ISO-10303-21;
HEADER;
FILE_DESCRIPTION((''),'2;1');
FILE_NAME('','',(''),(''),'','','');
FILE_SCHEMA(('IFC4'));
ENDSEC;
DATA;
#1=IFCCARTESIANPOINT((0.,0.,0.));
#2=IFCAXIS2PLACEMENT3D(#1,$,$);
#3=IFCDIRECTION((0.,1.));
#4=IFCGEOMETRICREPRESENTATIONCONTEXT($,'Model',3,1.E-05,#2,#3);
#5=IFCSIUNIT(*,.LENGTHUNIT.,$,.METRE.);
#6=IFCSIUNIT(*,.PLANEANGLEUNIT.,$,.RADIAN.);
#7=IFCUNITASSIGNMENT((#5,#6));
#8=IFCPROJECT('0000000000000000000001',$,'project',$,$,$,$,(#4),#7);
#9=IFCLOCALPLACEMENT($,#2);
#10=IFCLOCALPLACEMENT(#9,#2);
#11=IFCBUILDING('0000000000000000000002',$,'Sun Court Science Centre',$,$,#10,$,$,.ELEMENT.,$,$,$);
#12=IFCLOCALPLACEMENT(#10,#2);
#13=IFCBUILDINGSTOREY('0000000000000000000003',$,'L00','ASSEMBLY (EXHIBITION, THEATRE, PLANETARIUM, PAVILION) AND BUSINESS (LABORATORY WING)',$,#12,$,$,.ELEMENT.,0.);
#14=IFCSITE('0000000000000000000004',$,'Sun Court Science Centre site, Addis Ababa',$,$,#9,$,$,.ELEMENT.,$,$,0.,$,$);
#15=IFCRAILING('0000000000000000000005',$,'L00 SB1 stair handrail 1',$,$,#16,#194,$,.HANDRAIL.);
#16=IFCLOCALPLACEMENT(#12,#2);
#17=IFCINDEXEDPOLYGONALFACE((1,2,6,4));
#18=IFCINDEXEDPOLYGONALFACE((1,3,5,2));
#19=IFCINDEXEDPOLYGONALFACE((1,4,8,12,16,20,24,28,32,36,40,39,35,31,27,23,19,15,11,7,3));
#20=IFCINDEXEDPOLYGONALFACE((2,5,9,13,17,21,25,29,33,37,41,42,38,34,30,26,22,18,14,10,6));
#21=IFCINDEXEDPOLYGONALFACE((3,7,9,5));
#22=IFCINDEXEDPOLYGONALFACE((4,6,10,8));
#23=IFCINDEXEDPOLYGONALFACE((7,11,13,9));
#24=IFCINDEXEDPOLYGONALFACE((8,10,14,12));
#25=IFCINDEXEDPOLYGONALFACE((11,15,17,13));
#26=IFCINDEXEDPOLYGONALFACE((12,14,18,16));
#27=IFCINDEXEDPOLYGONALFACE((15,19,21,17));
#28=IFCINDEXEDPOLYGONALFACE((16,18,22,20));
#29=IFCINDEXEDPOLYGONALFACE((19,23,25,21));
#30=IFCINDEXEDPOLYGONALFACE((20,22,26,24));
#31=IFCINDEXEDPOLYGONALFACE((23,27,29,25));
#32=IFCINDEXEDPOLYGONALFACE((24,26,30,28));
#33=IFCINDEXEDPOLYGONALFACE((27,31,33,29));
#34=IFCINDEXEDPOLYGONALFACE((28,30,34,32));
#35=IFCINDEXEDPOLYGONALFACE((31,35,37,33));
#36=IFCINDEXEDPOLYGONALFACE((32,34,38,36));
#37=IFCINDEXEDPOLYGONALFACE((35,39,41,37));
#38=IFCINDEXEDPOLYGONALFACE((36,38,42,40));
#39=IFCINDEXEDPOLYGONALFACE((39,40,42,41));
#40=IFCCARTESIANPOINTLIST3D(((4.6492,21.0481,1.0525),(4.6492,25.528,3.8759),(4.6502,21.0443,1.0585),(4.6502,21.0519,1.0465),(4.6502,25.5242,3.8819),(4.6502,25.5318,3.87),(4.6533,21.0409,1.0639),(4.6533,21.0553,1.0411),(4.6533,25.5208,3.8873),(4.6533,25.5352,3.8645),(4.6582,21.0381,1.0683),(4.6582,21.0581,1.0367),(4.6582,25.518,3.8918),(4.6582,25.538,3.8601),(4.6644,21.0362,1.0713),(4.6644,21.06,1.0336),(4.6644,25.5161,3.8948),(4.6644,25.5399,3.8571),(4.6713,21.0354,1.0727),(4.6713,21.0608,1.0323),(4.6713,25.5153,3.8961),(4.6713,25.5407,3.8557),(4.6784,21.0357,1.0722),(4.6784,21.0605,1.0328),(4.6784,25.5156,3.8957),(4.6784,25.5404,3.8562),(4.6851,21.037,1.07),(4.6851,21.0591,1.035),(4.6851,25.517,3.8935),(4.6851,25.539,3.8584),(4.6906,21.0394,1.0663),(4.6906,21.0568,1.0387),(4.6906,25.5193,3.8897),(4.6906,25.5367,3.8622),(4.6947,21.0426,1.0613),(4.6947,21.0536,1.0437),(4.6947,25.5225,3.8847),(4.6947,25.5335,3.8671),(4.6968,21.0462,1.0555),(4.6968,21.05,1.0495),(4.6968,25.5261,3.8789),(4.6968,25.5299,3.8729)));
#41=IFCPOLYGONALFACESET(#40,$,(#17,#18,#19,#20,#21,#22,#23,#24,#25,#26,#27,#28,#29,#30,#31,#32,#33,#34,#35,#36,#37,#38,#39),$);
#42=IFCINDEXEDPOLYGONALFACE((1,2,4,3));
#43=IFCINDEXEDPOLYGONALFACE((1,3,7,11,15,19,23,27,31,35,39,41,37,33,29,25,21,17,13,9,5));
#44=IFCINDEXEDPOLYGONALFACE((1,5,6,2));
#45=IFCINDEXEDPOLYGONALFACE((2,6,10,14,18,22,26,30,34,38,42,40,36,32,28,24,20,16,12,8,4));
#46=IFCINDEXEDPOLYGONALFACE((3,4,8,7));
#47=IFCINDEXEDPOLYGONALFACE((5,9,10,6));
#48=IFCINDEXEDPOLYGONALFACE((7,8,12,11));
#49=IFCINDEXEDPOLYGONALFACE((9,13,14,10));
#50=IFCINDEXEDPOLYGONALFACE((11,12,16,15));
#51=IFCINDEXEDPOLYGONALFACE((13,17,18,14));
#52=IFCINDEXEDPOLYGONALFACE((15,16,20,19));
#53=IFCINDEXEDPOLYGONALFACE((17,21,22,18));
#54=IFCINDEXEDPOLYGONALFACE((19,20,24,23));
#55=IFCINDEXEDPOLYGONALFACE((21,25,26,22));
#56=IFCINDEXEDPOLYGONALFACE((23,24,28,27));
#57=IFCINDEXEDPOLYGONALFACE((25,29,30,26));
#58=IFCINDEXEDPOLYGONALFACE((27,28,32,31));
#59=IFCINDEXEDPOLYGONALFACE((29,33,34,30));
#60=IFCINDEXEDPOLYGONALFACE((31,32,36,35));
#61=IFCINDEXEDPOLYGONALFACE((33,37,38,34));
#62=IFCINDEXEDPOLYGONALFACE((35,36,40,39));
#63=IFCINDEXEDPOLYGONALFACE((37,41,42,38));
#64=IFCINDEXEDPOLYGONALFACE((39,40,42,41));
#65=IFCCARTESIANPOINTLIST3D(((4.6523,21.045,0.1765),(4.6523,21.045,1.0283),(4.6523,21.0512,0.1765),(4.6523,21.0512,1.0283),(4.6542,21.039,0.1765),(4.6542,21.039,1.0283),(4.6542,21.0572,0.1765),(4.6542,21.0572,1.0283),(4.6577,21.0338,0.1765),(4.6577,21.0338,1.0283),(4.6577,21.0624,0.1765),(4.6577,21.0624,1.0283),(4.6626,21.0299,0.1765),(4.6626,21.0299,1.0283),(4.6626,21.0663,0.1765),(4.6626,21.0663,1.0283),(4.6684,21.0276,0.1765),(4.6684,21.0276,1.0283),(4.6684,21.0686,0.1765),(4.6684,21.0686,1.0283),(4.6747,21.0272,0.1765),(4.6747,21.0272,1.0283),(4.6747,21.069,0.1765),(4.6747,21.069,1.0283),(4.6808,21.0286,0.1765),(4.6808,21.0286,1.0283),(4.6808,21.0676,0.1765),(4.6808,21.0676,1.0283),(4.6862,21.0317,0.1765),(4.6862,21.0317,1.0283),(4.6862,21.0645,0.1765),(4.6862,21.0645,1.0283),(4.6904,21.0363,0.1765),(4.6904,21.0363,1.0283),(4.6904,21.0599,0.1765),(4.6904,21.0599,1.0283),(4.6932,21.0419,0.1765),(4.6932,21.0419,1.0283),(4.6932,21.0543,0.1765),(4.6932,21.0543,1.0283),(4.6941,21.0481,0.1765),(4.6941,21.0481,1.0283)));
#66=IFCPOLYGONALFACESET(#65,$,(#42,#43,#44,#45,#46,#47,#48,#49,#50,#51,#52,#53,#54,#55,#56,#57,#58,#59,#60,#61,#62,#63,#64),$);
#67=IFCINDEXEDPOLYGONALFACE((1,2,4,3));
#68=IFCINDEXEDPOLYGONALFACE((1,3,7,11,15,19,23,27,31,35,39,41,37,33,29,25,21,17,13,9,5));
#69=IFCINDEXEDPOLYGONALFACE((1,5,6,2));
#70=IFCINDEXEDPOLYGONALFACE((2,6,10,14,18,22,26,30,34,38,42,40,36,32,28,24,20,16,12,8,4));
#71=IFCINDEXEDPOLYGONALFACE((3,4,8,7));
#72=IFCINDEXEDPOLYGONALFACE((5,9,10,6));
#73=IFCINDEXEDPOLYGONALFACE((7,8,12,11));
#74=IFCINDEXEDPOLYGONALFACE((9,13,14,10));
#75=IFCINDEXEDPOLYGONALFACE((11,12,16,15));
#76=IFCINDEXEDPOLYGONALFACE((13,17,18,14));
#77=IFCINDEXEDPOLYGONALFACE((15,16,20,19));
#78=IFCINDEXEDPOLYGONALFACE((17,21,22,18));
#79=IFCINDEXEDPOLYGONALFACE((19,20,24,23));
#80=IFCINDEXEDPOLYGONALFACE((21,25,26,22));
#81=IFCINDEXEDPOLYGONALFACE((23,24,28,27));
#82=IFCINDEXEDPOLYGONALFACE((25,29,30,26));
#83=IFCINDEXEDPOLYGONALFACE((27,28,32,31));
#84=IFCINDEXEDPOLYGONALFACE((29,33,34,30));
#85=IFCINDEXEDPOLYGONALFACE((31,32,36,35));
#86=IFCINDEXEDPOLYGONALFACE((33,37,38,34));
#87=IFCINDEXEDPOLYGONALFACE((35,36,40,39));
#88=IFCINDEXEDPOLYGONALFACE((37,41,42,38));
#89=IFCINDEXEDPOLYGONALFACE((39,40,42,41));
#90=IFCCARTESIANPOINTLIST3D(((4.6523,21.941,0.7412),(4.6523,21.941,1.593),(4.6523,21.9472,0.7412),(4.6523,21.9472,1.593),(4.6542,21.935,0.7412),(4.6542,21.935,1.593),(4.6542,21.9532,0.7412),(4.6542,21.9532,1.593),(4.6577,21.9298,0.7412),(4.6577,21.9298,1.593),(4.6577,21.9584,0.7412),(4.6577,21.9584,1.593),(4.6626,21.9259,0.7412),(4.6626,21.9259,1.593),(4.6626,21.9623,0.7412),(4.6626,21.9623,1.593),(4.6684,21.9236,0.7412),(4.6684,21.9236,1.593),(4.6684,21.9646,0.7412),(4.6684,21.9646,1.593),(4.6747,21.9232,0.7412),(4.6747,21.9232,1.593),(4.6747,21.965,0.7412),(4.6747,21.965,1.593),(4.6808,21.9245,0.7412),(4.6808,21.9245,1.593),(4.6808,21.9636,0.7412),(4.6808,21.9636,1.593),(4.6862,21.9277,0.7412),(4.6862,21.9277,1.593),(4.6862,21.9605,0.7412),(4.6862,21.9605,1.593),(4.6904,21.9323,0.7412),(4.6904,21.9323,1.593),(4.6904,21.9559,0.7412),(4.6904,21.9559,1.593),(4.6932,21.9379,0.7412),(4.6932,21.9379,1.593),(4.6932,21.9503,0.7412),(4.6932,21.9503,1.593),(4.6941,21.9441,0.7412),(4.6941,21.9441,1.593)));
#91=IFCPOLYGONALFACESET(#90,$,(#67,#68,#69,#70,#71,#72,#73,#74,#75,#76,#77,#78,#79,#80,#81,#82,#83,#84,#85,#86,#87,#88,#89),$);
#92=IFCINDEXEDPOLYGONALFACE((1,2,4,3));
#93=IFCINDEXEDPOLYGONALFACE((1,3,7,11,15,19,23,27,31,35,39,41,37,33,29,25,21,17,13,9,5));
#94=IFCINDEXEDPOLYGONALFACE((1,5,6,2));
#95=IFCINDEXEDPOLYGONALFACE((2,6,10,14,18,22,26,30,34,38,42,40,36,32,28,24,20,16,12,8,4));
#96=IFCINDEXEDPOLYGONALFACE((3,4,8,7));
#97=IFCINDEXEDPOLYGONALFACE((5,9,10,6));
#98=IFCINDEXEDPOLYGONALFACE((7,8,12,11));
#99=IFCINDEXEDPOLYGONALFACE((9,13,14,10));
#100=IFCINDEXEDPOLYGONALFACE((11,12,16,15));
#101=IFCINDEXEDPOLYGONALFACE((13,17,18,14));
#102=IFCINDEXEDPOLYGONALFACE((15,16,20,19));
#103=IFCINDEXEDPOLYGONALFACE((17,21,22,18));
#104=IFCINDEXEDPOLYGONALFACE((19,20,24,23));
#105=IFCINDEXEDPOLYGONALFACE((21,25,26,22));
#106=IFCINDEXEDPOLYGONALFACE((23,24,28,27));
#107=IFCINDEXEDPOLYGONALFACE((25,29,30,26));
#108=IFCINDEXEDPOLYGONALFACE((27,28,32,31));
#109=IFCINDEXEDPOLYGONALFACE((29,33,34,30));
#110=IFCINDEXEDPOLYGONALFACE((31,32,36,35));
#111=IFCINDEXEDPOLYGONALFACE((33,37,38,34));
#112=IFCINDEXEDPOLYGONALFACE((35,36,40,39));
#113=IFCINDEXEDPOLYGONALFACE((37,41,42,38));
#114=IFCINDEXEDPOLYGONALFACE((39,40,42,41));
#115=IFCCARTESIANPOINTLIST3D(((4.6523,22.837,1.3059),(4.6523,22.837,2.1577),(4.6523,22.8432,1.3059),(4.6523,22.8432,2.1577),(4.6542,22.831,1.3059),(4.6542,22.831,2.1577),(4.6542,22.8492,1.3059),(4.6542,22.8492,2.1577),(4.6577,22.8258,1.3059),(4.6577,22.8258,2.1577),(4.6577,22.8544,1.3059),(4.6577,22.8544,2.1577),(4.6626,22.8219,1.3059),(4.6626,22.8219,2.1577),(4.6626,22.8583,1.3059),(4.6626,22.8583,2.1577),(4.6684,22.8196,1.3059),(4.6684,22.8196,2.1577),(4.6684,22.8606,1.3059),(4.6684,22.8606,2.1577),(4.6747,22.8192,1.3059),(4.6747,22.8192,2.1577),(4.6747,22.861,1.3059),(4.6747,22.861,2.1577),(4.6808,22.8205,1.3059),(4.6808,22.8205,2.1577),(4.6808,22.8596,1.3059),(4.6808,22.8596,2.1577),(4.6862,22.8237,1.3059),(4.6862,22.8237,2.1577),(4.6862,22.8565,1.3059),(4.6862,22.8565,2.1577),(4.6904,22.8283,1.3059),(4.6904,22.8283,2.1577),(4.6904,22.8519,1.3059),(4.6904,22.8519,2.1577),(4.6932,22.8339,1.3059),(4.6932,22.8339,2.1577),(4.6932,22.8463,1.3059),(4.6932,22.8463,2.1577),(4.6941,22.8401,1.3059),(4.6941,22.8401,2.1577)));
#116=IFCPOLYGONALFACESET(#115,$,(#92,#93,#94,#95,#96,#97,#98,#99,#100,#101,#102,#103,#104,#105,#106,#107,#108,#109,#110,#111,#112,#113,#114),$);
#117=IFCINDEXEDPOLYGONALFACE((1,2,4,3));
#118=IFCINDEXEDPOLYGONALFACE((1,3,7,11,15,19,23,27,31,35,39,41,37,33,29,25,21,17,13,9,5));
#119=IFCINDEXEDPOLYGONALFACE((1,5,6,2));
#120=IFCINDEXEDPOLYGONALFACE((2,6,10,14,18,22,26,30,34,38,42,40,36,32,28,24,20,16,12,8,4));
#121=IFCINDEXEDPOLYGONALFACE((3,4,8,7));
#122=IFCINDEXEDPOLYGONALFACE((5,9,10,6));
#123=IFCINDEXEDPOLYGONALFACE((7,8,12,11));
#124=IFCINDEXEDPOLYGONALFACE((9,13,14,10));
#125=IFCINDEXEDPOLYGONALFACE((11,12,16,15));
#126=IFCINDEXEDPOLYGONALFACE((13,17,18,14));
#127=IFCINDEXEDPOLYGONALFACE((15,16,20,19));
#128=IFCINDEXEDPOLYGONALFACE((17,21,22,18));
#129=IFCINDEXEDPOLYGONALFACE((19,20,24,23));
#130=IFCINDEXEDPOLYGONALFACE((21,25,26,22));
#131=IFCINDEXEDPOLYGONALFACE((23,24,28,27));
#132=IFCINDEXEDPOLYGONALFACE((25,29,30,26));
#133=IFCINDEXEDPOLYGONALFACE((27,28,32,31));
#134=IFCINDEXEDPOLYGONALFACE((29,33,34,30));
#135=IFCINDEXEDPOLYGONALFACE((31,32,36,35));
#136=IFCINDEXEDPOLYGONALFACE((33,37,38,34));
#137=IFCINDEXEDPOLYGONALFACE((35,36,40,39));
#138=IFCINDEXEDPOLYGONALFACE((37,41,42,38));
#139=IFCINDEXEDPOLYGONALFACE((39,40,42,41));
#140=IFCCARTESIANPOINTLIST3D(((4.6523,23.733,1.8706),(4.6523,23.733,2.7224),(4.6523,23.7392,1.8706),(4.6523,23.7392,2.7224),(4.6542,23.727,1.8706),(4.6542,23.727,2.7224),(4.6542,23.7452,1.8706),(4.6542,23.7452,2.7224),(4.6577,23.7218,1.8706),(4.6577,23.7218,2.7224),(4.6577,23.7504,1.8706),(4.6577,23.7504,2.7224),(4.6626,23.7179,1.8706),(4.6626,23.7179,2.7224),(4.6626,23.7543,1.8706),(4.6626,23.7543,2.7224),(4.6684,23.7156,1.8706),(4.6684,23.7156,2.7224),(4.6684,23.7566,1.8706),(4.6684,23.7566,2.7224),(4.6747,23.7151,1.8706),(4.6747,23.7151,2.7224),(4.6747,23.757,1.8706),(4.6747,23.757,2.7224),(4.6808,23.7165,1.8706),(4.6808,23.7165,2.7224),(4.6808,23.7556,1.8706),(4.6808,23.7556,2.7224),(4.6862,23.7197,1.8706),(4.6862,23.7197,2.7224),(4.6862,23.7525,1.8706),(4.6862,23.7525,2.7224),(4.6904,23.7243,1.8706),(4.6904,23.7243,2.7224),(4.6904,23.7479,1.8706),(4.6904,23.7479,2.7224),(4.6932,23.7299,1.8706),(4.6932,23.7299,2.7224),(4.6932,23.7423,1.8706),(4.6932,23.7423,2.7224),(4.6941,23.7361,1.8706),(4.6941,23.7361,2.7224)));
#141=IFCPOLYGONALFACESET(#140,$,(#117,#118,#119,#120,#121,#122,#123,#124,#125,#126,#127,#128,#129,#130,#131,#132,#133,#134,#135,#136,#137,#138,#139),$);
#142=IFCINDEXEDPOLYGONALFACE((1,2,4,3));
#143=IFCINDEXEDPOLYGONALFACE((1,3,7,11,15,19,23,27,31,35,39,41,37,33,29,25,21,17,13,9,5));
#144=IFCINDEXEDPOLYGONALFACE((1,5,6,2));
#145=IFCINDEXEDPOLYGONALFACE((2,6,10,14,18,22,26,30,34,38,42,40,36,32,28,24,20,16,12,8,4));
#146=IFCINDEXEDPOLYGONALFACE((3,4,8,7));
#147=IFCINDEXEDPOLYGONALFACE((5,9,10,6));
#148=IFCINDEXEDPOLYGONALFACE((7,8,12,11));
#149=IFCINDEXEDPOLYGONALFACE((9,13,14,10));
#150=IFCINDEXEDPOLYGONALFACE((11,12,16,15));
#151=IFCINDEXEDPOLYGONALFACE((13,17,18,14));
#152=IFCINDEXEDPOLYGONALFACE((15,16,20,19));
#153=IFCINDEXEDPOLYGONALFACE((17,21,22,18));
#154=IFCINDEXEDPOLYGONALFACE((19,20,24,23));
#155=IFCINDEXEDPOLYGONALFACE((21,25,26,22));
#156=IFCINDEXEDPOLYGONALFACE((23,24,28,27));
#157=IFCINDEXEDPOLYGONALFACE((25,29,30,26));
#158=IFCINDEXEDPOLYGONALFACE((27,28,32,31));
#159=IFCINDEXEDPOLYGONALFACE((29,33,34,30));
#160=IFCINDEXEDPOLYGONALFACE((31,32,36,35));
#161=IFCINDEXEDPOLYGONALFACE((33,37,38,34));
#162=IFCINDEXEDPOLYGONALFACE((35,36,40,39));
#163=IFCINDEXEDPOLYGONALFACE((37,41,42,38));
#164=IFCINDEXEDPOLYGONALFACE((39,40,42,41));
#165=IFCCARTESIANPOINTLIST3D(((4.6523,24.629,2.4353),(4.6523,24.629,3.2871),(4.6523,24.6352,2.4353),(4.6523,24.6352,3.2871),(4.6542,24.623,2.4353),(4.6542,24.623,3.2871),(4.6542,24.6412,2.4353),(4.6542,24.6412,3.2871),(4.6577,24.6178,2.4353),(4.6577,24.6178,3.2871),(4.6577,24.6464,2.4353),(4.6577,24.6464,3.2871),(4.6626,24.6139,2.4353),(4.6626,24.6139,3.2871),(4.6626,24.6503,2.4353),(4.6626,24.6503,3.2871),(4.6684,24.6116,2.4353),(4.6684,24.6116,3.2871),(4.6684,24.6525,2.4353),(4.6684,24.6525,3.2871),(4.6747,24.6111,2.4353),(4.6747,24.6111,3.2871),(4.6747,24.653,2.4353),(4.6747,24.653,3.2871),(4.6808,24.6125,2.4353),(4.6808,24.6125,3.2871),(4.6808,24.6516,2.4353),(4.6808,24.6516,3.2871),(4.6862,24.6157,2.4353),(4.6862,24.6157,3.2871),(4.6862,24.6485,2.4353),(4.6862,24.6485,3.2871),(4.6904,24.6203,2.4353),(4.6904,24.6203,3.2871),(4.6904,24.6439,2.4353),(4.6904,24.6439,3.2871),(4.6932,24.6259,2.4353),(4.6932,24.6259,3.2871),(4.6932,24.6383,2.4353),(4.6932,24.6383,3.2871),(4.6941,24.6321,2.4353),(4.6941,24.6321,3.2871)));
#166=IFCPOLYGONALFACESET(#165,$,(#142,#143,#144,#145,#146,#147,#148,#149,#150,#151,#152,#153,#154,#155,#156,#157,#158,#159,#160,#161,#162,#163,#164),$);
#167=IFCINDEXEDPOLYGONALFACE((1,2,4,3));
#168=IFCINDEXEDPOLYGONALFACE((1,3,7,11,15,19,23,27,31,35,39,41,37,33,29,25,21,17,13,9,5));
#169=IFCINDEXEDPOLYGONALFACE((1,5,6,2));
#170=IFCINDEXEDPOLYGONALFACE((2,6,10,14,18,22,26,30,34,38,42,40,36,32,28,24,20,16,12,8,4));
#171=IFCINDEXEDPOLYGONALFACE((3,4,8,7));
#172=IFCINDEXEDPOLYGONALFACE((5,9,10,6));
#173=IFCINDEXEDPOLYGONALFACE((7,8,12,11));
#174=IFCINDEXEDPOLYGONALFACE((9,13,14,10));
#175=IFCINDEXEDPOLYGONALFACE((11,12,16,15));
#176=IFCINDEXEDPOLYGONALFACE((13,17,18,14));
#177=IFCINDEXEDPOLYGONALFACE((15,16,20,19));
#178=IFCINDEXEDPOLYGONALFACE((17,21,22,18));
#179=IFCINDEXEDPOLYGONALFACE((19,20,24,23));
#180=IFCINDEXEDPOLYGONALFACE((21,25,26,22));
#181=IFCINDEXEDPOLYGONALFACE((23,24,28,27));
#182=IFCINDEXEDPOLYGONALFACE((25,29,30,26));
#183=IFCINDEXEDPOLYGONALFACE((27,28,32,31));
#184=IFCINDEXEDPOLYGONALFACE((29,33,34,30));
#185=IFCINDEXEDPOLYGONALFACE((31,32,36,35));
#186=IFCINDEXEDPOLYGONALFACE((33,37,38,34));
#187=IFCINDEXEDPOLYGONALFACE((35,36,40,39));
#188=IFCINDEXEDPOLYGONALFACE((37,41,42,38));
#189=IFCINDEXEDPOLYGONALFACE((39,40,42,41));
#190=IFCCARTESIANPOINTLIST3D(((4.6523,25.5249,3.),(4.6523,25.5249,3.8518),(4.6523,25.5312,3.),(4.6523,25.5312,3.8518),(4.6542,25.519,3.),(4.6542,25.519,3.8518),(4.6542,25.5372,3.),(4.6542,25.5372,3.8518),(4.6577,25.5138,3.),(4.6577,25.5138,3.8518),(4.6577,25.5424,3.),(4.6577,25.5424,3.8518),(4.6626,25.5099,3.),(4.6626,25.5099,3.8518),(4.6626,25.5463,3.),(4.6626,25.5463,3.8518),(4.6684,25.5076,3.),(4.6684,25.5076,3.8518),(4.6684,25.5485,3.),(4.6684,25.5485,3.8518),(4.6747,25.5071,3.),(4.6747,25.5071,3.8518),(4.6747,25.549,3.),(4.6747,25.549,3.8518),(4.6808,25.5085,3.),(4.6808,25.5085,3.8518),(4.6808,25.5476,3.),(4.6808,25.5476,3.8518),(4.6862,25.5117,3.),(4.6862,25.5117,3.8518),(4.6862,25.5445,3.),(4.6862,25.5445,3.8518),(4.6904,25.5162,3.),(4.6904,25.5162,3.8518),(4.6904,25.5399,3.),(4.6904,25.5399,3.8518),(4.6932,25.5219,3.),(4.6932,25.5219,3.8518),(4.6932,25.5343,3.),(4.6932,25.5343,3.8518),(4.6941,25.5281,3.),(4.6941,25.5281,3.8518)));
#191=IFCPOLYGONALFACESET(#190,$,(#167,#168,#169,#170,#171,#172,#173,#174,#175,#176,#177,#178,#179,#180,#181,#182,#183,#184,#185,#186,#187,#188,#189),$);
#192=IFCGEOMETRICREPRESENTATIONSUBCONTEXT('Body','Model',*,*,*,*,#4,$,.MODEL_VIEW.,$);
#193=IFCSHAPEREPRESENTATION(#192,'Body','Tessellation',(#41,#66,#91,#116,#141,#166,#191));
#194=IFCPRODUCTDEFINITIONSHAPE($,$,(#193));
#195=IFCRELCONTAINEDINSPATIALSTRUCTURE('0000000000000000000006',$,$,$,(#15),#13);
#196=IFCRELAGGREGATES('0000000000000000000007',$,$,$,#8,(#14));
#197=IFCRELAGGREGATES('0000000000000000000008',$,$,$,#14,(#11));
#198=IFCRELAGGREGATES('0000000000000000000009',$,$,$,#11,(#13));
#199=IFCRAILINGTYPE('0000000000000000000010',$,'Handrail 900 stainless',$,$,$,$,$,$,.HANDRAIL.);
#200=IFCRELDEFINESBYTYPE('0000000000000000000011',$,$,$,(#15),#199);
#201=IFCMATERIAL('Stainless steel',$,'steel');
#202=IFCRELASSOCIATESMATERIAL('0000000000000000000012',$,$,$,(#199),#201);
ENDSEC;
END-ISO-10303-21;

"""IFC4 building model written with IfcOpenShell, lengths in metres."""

from ifc_helpers import new_model, si_unit, direction, frame, origin, origin_2d, place, context, subcontext, project, spatial, circle, extrude, material, type_object, element, save


model = new_model("IFC4")

# Units and contexts
model_context = context("Model", 3, precision=1e-05, world=origin(), true_north=direction((0.0, 1.0)))
body_context = subcontext(model_context, "Body", "Model", "MODEL_VIEW")
ifc_project = project(units=[si_unit("LENGTHUNIT", "METRE"), si_unit("PLANEANGLEUNIT", "RADIAN")], contexts=[model_context])

# Site, building, storey
site_placement = place(None, origin())
site = spatial("IfcSite", under=ifc_project, at=site_placement, Name="Sun Court Science Centre site, Addis Ababa", CompositionType="ELEMENT", RefElevation=0.0)
building_placement = place(site_placement, origin())
building = spatial("IfcBuilding", under=site, at=building_placement, Name="Sun Court Science Centre", CompositionType="ELEMENT")
storey_placement = place(building_placement, origin())
storey = spatial("IfcBuildingStorey", under=building, at=storey_placement, Name="L00", Description="ASSEMBLY (EXHIBITION, THEATRE, PLANETARIUM, PAVILION) AND BUSINESS (LABORATORY WING)", CompositionType="ELEMENT", Elevation=0.0)

# Railing
ifc_material_1 = material(Name="Stainless steel", Category="steel")
railing_type_1 = type_object("IfcRailingType", Name="Handrail 900 stainless", PredefinedType="HANDRAIL", material=ifc_material_1)
railing_1_placement = place(storey_placement, frame((4.6731, 21.0481, 0.1765)))
element("IfcRailing", 1, at=railing_1_placement, inside=storey, type_object=railing_type_1, Name="L00 SB1 stair handrail 1", PredefinedType="HANDRAIL", context=body_context, shape_type="SweptSolid", body=[
    extrude(circle(Radius=0.0239, at=origin_2d()), frame((0.0, 0.0, 0.876), z_axis=(0.0, 0.845998, 0.533186), x_axis=(-1.0, 0.0, 0.0)), (0.0, 0.0, 1.0), 5.2954),
    extrude(circle(Radius=0.021, at=origin_2d()), origin(), (0.0, 0.0, 1.0), 0.8518),
    extrude(circle(Radius=0.021, at=origin_2d()), frame((0.0, 0.896, 0.5647)), (0.0, 0.0, 1.0), 0.8518),
    extrude(circle(Radius=0.021, at=origin_2d()), frame((0.0, 1.792, 1.1294)), (0.0, 0.0, 1.0), 0.8518),
    extrude(circle(Radius=0.021, at=origin_2d()), frame((0.0, 2.688, 1.6941)), (0.0, 0.0, 1.0), 0.8518),
    extrude(circle(Radius=0.021, at=origin_2d()), frame((0.0, 3.584, 2.2588)), (0.0, 0.0, 1.0), 0.8518),
    extrude(circle(Radius=0.021, at=origin_2d()), frame((0.0, 4.48, 2.8235)), (0.0, 0.0, 1.0), 0.8518),
])

save(model, "model.ifc")
